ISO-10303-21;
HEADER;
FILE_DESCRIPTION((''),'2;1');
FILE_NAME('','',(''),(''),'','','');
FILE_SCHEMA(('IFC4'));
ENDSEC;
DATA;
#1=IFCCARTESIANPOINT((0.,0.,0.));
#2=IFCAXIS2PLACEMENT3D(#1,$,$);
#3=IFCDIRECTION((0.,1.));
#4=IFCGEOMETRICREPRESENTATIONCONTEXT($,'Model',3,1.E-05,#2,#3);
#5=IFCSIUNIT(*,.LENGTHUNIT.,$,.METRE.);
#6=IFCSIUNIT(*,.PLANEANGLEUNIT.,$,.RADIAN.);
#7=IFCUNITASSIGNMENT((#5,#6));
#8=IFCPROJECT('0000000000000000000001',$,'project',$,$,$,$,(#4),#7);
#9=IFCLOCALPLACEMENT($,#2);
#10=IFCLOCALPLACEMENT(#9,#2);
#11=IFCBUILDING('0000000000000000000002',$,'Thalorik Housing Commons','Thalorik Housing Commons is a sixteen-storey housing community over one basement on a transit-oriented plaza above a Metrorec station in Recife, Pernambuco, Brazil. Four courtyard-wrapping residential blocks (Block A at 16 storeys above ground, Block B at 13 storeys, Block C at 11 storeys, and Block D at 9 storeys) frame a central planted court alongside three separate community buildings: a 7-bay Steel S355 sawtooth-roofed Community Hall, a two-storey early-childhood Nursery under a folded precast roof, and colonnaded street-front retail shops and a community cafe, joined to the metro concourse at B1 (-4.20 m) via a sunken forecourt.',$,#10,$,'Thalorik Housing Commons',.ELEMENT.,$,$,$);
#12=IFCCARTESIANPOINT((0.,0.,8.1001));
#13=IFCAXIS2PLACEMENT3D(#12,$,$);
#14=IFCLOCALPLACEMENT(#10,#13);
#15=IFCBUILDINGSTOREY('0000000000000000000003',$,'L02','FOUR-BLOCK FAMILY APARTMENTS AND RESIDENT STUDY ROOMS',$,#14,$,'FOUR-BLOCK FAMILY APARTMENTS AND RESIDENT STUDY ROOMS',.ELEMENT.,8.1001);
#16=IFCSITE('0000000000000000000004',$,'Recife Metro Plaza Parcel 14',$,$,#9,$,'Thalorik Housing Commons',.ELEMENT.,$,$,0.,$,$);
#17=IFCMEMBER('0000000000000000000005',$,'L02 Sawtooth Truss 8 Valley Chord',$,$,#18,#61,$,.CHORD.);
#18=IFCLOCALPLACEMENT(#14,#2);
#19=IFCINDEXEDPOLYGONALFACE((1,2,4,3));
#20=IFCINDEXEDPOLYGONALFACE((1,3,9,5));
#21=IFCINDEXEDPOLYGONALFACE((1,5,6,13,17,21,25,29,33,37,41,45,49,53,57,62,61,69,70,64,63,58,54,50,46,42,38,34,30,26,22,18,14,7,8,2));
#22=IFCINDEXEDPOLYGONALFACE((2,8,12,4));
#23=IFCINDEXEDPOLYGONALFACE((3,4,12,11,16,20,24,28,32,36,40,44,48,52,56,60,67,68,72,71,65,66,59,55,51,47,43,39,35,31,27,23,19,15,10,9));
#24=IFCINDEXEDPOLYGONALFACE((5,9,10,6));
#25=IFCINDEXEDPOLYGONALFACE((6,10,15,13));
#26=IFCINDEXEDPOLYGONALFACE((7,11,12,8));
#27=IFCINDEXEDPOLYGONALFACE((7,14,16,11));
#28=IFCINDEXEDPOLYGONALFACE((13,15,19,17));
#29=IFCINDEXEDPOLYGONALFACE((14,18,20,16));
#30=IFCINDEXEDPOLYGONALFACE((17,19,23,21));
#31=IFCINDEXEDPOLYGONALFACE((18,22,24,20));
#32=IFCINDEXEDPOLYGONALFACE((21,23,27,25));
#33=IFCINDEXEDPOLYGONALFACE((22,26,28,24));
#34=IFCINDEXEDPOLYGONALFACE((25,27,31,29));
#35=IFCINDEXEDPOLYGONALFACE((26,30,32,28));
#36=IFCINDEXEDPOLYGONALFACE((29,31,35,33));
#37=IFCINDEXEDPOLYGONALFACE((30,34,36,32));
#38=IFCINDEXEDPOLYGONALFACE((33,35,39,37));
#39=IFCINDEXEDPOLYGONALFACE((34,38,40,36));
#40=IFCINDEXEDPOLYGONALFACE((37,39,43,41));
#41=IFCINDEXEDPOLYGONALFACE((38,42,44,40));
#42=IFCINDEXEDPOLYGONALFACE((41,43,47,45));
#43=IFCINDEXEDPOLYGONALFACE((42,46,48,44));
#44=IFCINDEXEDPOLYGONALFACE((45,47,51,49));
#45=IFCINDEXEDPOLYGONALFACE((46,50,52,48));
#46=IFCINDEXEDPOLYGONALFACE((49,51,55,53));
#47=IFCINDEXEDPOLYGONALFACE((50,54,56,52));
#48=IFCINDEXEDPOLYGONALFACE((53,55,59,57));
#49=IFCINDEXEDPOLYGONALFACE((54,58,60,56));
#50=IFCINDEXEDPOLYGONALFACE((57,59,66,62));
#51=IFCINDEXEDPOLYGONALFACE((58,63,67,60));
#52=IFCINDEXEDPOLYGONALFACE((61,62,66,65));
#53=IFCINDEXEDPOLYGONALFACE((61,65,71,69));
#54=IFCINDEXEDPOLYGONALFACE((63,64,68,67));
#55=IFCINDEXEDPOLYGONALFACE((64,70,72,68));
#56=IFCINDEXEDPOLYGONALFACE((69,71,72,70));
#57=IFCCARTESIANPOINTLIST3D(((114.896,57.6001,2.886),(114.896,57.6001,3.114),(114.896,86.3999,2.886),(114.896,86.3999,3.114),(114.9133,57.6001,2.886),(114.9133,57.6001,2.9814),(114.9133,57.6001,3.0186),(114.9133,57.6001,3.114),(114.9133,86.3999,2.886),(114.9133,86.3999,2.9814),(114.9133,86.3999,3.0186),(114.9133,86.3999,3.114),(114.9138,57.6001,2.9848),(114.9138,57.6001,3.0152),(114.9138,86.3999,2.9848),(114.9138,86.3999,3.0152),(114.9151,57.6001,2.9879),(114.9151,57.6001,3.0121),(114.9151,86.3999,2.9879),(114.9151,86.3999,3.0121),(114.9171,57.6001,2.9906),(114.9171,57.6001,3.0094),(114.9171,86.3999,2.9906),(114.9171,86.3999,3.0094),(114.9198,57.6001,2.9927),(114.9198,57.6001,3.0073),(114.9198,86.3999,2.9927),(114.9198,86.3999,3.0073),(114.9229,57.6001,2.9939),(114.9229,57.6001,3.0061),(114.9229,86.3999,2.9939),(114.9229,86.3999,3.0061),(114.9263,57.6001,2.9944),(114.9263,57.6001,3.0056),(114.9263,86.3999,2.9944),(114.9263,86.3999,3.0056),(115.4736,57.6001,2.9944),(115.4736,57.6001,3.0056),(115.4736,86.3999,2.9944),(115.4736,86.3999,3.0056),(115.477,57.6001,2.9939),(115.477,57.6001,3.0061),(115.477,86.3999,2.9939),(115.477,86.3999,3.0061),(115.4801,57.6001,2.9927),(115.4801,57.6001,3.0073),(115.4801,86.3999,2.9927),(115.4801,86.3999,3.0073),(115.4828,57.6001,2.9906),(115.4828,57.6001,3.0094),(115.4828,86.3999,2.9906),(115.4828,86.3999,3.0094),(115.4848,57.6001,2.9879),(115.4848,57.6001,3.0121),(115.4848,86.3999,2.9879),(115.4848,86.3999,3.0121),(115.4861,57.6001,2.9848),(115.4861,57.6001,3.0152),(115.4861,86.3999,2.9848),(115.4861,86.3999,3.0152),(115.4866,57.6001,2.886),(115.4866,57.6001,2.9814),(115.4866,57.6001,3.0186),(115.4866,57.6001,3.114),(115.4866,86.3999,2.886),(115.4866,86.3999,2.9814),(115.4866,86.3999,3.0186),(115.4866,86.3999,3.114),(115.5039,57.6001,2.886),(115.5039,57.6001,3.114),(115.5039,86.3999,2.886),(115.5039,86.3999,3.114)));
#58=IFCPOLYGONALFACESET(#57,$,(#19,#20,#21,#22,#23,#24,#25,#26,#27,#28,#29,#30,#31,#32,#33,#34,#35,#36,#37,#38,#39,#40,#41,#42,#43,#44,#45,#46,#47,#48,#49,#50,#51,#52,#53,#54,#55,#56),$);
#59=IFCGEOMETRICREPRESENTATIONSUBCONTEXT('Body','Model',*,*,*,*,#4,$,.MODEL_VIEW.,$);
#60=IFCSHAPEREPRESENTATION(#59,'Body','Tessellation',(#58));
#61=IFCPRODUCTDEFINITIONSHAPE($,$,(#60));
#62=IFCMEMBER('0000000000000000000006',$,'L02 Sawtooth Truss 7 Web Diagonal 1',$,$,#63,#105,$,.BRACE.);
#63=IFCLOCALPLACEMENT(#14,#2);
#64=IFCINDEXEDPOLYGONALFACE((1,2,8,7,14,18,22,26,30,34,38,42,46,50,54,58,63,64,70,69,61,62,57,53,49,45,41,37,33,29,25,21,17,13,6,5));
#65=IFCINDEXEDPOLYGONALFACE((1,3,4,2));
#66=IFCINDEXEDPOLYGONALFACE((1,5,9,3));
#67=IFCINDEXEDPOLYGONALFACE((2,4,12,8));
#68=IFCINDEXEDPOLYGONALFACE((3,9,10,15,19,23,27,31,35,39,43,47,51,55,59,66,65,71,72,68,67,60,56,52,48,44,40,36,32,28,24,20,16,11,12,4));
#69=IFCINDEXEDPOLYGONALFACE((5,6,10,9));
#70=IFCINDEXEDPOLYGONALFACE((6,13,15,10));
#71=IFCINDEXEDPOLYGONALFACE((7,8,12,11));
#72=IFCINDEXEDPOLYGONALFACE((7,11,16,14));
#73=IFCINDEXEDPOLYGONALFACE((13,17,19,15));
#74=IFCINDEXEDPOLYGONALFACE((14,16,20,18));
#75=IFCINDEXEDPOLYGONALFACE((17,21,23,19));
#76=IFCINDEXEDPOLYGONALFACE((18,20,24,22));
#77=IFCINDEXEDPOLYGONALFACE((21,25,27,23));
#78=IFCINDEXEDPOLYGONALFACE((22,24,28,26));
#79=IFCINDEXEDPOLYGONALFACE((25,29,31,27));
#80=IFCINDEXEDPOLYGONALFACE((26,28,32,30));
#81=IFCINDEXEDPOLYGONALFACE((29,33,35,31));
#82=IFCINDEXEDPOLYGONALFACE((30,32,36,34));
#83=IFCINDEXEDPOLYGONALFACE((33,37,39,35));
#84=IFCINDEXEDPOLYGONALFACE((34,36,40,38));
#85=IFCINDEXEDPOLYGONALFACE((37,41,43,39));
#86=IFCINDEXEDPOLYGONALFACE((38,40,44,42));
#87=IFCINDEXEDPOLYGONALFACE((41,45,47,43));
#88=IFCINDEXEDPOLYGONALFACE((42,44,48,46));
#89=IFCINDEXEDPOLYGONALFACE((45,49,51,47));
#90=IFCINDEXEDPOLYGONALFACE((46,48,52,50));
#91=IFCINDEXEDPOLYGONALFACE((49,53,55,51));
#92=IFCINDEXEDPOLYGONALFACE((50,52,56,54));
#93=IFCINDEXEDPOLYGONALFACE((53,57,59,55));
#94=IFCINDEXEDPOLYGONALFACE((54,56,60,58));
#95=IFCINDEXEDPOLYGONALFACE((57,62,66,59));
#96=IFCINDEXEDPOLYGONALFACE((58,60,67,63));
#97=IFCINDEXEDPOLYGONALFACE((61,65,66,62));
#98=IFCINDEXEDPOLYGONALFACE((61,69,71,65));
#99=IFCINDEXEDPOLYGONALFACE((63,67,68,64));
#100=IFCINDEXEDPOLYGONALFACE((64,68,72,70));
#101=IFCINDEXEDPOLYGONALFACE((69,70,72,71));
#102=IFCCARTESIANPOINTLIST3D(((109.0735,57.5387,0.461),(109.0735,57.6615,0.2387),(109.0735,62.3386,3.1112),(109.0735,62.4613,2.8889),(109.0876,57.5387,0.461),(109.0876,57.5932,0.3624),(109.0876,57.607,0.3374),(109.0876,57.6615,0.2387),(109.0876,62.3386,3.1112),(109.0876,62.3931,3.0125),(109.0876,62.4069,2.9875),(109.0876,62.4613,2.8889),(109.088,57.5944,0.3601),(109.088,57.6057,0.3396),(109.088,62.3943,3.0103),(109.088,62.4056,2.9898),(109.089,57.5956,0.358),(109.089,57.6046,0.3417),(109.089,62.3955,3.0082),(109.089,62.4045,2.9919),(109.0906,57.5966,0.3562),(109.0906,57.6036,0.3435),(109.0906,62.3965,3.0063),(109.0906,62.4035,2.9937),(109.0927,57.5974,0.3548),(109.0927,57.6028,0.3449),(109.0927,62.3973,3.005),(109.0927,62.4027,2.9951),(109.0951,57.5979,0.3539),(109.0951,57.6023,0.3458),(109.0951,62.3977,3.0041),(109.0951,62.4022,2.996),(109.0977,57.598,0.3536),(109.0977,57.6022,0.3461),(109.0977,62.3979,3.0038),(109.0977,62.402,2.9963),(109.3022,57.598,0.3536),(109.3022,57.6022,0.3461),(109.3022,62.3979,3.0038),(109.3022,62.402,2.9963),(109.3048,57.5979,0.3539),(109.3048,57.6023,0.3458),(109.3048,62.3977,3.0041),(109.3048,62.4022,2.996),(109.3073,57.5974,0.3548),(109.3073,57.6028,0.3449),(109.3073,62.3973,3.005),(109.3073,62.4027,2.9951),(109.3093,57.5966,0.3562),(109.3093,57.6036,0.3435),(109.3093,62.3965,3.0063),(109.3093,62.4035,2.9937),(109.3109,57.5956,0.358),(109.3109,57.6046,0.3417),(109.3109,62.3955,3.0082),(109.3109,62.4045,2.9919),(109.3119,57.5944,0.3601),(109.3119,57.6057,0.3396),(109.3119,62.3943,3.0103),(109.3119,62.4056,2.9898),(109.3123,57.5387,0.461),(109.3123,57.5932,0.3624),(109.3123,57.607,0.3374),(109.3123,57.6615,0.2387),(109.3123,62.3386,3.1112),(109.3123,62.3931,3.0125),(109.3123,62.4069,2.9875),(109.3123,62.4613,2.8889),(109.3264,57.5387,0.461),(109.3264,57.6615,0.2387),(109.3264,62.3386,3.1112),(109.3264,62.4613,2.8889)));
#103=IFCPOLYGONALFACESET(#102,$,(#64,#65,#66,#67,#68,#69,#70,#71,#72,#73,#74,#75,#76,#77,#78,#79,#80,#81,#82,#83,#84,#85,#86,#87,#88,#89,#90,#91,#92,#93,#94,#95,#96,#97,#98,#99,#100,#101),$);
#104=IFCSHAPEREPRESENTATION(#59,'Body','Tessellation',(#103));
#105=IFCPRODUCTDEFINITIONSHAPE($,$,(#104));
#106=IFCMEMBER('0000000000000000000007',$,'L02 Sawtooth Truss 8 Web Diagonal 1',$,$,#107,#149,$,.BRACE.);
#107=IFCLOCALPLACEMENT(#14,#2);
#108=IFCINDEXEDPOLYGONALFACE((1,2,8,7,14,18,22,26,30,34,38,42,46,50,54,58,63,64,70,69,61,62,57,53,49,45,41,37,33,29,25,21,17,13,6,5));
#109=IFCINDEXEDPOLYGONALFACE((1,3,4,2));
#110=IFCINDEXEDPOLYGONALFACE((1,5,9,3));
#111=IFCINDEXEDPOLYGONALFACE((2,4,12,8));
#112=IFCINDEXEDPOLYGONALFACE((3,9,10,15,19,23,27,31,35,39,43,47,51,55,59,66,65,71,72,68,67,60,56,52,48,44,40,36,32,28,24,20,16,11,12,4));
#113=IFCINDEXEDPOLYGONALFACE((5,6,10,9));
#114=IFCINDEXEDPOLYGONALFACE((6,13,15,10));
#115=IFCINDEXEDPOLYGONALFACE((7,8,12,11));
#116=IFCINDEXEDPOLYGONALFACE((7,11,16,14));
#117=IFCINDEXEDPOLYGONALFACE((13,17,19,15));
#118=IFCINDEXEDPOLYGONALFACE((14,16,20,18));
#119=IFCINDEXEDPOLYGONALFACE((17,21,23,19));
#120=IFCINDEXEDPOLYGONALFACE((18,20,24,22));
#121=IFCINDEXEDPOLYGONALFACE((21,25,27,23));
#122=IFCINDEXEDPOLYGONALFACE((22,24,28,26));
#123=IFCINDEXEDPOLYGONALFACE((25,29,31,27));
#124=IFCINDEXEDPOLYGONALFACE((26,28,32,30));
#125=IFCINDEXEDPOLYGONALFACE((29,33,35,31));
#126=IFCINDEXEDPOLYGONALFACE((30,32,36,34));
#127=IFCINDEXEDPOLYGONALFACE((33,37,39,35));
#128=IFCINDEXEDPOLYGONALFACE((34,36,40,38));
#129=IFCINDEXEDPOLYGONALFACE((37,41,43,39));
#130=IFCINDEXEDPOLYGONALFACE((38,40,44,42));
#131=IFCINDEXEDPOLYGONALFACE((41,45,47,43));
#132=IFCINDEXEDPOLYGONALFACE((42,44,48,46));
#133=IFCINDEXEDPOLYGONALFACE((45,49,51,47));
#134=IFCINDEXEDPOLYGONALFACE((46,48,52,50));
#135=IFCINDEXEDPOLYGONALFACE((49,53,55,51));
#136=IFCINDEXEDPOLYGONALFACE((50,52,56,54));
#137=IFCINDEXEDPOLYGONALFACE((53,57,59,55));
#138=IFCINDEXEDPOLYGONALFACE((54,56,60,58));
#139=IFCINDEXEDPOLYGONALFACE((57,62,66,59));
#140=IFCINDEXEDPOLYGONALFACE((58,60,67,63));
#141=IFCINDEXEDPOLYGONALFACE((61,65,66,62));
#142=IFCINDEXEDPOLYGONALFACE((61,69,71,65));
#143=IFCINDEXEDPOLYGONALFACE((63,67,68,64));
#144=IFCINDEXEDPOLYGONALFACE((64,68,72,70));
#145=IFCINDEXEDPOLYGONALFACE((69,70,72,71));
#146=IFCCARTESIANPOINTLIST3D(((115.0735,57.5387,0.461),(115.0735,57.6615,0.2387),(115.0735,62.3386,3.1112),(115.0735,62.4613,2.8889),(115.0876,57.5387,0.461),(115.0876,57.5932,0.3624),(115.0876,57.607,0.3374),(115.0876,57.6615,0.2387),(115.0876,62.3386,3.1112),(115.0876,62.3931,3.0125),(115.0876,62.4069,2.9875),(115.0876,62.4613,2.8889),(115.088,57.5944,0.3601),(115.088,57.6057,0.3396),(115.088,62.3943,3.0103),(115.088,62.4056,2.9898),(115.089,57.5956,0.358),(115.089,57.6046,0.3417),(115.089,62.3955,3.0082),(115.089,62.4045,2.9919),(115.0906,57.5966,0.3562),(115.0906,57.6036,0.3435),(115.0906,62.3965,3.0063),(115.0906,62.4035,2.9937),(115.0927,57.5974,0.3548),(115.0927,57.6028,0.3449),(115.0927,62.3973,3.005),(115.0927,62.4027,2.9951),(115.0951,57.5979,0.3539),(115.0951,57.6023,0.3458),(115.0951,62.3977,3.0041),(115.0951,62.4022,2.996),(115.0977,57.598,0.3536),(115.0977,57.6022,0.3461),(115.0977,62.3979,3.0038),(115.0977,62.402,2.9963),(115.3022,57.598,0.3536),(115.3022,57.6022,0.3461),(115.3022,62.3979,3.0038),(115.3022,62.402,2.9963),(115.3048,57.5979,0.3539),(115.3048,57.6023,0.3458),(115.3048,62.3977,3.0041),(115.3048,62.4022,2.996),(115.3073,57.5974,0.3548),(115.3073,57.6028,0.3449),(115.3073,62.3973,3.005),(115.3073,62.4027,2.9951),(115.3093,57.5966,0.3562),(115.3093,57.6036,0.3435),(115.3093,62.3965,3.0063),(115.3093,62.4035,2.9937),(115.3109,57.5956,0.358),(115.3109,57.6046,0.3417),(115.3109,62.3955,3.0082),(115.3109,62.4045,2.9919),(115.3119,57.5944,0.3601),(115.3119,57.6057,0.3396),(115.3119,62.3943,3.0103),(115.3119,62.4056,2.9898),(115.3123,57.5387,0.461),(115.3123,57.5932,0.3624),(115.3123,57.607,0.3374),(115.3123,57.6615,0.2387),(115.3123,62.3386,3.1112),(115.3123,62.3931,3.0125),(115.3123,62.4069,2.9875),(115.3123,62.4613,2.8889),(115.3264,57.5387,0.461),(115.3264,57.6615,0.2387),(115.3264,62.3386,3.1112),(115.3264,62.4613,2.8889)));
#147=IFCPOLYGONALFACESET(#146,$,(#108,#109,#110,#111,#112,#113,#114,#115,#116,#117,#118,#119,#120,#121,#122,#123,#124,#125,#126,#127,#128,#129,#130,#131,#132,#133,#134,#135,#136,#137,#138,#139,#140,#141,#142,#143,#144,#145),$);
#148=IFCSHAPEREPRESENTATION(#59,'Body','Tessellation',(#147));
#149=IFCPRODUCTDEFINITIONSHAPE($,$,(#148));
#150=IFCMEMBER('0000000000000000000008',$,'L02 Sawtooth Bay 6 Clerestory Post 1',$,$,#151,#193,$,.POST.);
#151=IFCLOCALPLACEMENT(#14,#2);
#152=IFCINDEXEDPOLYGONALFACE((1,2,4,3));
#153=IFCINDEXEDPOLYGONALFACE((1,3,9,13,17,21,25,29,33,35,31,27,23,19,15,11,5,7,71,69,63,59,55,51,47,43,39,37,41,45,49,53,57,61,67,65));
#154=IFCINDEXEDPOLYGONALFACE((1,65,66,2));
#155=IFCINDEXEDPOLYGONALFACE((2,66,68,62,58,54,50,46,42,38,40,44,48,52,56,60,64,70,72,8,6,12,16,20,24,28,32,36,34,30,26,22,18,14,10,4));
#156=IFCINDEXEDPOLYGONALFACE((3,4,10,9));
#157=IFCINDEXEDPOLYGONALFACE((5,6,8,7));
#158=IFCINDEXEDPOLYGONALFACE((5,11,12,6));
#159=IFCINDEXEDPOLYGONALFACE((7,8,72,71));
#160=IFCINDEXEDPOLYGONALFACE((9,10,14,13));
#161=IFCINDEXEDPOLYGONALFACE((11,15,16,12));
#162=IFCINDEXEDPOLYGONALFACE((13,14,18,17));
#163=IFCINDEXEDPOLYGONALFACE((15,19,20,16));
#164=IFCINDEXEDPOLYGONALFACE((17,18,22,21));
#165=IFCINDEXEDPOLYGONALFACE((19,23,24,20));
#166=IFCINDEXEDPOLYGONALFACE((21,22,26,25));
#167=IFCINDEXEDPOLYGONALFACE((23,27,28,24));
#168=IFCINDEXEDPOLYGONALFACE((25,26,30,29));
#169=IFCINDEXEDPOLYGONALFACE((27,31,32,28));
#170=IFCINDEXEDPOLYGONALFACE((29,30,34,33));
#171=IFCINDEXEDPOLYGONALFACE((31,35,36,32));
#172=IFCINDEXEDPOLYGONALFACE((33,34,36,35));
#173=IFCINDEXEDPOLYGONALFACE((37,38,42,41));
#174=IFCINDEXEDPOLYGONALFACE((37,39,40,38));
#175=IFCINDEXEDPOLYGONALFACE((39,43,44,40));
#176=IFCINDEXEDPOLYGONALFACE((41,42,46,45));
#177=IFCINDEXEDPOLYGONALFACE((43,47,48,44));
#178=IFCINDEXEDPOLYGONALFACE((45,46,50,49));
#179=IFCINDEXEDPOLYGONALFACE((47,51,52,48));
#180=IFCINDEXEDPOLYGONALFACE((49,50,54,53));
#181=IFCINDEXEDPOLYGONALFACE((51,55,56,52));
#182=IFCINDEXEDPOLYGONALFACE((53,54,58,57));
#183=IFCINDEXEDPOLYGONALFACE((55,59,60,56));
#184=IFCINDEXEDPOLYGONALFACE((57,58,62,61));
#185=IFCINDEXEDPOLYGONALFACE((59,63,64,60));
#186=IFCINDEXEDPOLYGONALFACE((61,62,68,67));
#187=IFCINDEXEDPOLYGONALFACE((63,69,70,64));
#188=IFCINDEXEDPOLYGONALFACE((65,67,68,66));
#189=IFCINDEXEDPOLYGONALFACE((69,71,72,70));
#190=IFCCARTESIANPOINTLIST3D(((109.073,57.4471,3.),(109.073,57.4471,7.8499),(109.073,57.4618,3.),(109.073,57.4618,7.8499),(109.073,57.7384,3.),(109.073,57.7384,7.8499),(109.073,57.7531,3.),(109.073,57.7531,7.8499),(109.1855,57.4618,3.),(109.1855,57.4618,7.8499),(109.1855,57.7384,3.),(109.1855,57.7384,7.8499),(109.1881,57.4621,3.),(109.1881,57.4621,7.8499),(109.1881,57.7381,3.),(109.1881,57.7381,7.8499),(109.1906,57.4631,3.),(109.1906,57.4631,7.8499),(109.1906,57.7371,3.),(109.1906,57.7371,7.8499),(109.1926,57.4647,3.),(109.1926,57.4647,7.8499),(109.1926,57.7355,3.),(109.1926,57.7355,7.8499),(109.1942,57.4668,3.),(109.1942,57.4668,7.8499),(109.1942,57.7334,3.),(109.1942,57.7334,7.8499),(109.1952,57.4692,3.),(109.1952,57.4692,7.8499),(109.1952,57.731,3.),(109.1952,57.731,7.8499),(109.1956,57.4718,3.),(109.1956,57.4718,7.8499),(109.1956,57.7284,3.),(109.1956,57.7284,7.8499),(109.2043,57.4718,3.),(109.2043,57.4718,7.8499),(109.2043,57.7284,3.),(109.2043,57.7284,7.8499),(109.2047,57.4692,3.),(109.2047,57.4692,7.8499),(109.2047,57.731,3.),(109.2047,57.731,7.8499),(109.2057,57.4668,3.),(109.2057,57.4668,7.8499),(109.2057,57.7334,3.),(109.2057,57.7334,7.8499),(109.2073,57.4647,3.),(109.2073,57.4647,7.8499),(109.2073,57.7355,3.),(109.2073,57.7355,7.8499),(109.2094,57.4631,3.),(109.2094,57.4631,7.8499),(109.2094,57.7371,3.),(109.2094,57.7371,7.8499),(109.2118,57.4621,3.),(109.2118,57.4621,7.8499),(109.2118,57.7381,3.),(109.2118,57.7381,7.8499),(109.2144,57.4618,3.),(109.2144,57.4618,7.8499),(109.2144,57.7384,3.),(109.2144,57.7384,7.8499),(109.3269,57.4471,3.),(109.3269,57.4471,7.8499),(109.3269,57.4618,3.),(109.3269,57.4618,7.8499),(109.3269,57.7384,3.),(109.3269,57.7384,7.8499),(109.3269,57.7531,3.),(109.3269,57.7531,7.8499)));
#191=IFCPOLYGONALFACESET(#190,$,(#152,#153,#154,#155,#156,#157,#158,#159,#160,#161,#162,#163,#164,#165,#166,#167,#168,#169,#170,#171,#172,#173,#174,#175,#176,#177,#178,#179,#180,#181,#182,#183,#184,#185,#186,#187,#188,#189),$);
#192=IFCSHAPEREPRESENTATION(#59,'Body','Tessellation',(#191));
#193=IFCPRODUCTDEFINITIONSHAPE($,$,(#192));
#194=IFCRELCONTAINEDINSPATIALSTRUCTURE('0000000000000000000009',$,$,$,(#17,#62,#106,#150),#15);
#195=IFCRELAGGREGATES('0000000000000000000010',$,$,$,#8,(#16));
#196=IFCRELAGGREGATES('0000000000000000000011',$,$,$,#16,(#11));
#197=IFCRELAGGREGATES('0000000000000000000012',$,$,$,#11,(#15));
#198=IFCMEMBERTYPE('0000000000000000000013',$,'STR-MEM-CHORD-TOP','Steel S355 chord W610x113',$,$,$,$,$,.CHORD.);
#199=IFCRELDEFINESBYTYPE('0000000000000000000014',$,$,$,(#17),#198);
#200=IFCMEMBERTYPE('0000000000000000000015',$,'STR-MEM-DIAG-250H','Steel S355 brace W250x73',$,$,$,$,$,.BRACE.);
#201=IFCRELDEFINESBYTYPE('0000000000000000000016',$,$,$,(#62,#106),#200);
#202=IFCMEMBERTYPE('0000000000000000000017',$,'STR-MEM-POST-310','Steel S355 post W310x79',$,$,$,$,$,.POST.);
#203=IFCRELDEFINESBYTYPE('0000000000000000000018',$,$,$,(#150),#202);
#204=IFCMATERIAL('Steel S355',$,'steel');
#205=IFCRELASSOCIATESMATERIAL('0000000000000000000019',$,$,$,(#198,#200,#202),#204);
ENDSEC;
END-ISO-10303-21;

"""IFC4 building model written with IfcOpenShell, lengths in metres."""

from ifc_helpers import new_model, si_unit, direction, frame, origin, origin_2d, place, context, subcontext, project, spatial, i_section, extrude, material, material_profile, profile_set, type_object, element, save


model = new_model("IFC4")

# Units and contexts
model_context = context("Model", 3, precision=1e-05, world=origin(), true_north=direction((0.0, 1.0)))
body_context = subcontext(model_context, "Body", "Model", "MODEL_VIEW")
ifc_project = project(units=[si_unit("LENGTHUNIT", "METRE"), si_unit("PLANEANGLEUNIT", "RADIAN")], contexts=[model_context])

# Site, building, storey
site_placement = place(None, origin())
site = spatial("IfcSite", under=ifc_project, at=site_placement, Name="Recife Metro Plaza Parcel 14", LongName="Thalorik Housing Commons", CompositionType="ELEMENT", RefElevation=0.0)
building_placement = place(site_placement, origin())
building = spatial("IfcBuilding", under=site, at=building_placement, Name="Thalorik Housing Commons", Description="Thalorik Housing Commons is a sixteen-storey housing community over one basement on a transit-oriented plaza above a Metrorec station in Recife, Pernambuco, Brazil. Four courtyard-wrapping residential blocks (Block A at 16 storeys above ground, Block B at 13 storeys, Block C at 11 storeys, and Block D at 9 storeys) frame a central planted court alongside three separate community buildings: a 7-bay Steel S355 sawtooth-roofed Community Hall, a two-storey early-childhood Nursery under a folded precast roof, and colonnaded street-front retail shops and a community cafe, joined to the metro concourse at B1 (-4.20 m) via a sunken forecourt.", LongName="Thalorik Housing Commons", CompositionType="ELEMENT")
storey_placement = place(building_placement, frame((0.0, 0.0, 8.1001)))
storey = spatial("IfcBuildingStorey", under=building, at=storey_placement, Name="L02", Description="FOUR-BLOCK FAMILY APARTMENTS AND RESIDENT STUDY ROOMS", LongName="FOUR-BLOCK FAMILY APARTMENTS AND RESIDENT STUDY ROOMS", CompositionType="ELEMENT", Elevation=8.1001)

# Shared definitions
ifc_material_1 = material(Name="Steel S355", Category="steel")

# Members
ifc_material_profile_1 = material_profile(ifc_material_1, i_section(OverallWidth=0.228, OverallDepth=0.6079, WebThickness=0.0112, FlangeThickness=0.0173, FilletRadius=0.0129, at=origin_2d()), Name="W610x113", Category="steel")
ifc_profile_set_1 = profile_set([ifc_material_profile_1], Name="Steel S355")
member_type_1 = type_object("IfcMemberType", Name="STR-MEM-CHORD-TOP", Description="Steel S355 chord W610x113", PredefinedType="CHORD", material=ifc_profile_set_1)
member_1_placement = place(storey_placement, frame((115.2, 57.6001, 3.0), z_axis=(0.0, 1.0, 0.0), x_axis=(0.0, 0.0, 1.0)))
element("IfcMember", 1, at=member_1_placement, inside=storey, type_object=member_type_1, Name="L02 Sawtooth Truss 8 Valley Chord", PredefinedType="CHORD", context=body_context, shape_type="SweptSolid", body=[
    extrude(i_section(OverallWidth=0.228, OverallDepth=0.6079, WebThickness=0.0112, FlangeThickness=0.0173, FilletRadius=0.0129, at=origin_2d()), origin(), (0.0, 0.0, 1.0), 28.7998),
])
ifc_material_profile_2 = material_profile(ifc_material_1, i_section(OverallWidth=0.2539, OverallDepth=0.2529, WebThickness=0.0085, FlangeThickness=0.0142, FilletRadius=0.01, at=origin_2d()), Name="W250x73", Category="steel")
ifc_profile_set_2 = profile_set([ifc_material_profile_2], Name="Steel S355")
member_type_2 = type_object("IfcMemberType", Name="STR-MEM-DIAG-250H", Description="Steel S355 brace W250x73", PredefinedType="BRACE", material=ifc_profile_set_2)
for number, where, z_axis, x_axis, name in (
    (2, (109.2, 57.6001, 0.3499), (0.0, 0.875425, 0.483354), (0.0, -0.483354, 0.875425), "L02 Sawtooth Truss 7 Web Diagonal 1"),
    (3, (115.2, 57.6001, 0.3499), (0.0, 0.875425, 0.483354), (0.0, -0.483354, 0.875425), "L02 Sawtooth Truss 8 Web Diagonal 1"),
):
    element("IfcMember", number, at=place(storey_placement, frame(where, z_axis=z_axis, x_axis=x_axis)), inside=storey, type_object=member_type_2, Name=name, PredefinedType="BRACE", context=body_context, shape_type="SweptSolid", body=[
        extrude(i_section(OverallWidth=0.2539, OverallDepth=0.2529, WebThickness=0.0085, FlangeThickness=0.0142, FilletRadius=0.01, at=origin_2d()), origin(), (0.0, 0.0, 1.0), 5.4829),
    ])
ifc_material_profile_3 = material_profile(ifc_material_1, i_section(OverallWidth=0.2539, OverallDepth=0.3059, WebThickness=0.0088, FlangeThickness=0.0146, FilletRadius=0.01, at=origin_2d()), Name="W310x79", Category="steel")
ifc_profile_set_3 = profile_set([ifc_material_profile_3], Name="Steel S355")
member_type_3 = type_object("IfcMemberType", Name="STR-MEM-POST-310", Description="Steel S355 post W310x79", PredefinedType="POST", material=ifc_profile_set_3)
for number, where, z_axis, x_axis, name in (
    (4, (109.2, 57.6001, 3.0), (0.0, 0.0, 1.0), (1.0, 0.0, 0.0), "L02 Sawtooth Bay 6 Clerestory Post 1"),
):
    element("IfcMember", number, at=place(storey_placement, frame(where, z_axis=z_axis, x_axis=x_axis)), inside=storey, type_object=member_type_3, Name=name, PredefinedType="POST", context=body_context, shape_type="SweptSolid", body=[
        extrude(i_section(OverallWidth=0.2539, OverallDepth=0.3059, WebThickness=0.0088, FlangeThickness=0.0146, FilletRadius=0.01, at=origin_2d()), origin(), (0.0, 0.0, 1.0), 4.8499),
    ])

save(model, "model.ifc")
